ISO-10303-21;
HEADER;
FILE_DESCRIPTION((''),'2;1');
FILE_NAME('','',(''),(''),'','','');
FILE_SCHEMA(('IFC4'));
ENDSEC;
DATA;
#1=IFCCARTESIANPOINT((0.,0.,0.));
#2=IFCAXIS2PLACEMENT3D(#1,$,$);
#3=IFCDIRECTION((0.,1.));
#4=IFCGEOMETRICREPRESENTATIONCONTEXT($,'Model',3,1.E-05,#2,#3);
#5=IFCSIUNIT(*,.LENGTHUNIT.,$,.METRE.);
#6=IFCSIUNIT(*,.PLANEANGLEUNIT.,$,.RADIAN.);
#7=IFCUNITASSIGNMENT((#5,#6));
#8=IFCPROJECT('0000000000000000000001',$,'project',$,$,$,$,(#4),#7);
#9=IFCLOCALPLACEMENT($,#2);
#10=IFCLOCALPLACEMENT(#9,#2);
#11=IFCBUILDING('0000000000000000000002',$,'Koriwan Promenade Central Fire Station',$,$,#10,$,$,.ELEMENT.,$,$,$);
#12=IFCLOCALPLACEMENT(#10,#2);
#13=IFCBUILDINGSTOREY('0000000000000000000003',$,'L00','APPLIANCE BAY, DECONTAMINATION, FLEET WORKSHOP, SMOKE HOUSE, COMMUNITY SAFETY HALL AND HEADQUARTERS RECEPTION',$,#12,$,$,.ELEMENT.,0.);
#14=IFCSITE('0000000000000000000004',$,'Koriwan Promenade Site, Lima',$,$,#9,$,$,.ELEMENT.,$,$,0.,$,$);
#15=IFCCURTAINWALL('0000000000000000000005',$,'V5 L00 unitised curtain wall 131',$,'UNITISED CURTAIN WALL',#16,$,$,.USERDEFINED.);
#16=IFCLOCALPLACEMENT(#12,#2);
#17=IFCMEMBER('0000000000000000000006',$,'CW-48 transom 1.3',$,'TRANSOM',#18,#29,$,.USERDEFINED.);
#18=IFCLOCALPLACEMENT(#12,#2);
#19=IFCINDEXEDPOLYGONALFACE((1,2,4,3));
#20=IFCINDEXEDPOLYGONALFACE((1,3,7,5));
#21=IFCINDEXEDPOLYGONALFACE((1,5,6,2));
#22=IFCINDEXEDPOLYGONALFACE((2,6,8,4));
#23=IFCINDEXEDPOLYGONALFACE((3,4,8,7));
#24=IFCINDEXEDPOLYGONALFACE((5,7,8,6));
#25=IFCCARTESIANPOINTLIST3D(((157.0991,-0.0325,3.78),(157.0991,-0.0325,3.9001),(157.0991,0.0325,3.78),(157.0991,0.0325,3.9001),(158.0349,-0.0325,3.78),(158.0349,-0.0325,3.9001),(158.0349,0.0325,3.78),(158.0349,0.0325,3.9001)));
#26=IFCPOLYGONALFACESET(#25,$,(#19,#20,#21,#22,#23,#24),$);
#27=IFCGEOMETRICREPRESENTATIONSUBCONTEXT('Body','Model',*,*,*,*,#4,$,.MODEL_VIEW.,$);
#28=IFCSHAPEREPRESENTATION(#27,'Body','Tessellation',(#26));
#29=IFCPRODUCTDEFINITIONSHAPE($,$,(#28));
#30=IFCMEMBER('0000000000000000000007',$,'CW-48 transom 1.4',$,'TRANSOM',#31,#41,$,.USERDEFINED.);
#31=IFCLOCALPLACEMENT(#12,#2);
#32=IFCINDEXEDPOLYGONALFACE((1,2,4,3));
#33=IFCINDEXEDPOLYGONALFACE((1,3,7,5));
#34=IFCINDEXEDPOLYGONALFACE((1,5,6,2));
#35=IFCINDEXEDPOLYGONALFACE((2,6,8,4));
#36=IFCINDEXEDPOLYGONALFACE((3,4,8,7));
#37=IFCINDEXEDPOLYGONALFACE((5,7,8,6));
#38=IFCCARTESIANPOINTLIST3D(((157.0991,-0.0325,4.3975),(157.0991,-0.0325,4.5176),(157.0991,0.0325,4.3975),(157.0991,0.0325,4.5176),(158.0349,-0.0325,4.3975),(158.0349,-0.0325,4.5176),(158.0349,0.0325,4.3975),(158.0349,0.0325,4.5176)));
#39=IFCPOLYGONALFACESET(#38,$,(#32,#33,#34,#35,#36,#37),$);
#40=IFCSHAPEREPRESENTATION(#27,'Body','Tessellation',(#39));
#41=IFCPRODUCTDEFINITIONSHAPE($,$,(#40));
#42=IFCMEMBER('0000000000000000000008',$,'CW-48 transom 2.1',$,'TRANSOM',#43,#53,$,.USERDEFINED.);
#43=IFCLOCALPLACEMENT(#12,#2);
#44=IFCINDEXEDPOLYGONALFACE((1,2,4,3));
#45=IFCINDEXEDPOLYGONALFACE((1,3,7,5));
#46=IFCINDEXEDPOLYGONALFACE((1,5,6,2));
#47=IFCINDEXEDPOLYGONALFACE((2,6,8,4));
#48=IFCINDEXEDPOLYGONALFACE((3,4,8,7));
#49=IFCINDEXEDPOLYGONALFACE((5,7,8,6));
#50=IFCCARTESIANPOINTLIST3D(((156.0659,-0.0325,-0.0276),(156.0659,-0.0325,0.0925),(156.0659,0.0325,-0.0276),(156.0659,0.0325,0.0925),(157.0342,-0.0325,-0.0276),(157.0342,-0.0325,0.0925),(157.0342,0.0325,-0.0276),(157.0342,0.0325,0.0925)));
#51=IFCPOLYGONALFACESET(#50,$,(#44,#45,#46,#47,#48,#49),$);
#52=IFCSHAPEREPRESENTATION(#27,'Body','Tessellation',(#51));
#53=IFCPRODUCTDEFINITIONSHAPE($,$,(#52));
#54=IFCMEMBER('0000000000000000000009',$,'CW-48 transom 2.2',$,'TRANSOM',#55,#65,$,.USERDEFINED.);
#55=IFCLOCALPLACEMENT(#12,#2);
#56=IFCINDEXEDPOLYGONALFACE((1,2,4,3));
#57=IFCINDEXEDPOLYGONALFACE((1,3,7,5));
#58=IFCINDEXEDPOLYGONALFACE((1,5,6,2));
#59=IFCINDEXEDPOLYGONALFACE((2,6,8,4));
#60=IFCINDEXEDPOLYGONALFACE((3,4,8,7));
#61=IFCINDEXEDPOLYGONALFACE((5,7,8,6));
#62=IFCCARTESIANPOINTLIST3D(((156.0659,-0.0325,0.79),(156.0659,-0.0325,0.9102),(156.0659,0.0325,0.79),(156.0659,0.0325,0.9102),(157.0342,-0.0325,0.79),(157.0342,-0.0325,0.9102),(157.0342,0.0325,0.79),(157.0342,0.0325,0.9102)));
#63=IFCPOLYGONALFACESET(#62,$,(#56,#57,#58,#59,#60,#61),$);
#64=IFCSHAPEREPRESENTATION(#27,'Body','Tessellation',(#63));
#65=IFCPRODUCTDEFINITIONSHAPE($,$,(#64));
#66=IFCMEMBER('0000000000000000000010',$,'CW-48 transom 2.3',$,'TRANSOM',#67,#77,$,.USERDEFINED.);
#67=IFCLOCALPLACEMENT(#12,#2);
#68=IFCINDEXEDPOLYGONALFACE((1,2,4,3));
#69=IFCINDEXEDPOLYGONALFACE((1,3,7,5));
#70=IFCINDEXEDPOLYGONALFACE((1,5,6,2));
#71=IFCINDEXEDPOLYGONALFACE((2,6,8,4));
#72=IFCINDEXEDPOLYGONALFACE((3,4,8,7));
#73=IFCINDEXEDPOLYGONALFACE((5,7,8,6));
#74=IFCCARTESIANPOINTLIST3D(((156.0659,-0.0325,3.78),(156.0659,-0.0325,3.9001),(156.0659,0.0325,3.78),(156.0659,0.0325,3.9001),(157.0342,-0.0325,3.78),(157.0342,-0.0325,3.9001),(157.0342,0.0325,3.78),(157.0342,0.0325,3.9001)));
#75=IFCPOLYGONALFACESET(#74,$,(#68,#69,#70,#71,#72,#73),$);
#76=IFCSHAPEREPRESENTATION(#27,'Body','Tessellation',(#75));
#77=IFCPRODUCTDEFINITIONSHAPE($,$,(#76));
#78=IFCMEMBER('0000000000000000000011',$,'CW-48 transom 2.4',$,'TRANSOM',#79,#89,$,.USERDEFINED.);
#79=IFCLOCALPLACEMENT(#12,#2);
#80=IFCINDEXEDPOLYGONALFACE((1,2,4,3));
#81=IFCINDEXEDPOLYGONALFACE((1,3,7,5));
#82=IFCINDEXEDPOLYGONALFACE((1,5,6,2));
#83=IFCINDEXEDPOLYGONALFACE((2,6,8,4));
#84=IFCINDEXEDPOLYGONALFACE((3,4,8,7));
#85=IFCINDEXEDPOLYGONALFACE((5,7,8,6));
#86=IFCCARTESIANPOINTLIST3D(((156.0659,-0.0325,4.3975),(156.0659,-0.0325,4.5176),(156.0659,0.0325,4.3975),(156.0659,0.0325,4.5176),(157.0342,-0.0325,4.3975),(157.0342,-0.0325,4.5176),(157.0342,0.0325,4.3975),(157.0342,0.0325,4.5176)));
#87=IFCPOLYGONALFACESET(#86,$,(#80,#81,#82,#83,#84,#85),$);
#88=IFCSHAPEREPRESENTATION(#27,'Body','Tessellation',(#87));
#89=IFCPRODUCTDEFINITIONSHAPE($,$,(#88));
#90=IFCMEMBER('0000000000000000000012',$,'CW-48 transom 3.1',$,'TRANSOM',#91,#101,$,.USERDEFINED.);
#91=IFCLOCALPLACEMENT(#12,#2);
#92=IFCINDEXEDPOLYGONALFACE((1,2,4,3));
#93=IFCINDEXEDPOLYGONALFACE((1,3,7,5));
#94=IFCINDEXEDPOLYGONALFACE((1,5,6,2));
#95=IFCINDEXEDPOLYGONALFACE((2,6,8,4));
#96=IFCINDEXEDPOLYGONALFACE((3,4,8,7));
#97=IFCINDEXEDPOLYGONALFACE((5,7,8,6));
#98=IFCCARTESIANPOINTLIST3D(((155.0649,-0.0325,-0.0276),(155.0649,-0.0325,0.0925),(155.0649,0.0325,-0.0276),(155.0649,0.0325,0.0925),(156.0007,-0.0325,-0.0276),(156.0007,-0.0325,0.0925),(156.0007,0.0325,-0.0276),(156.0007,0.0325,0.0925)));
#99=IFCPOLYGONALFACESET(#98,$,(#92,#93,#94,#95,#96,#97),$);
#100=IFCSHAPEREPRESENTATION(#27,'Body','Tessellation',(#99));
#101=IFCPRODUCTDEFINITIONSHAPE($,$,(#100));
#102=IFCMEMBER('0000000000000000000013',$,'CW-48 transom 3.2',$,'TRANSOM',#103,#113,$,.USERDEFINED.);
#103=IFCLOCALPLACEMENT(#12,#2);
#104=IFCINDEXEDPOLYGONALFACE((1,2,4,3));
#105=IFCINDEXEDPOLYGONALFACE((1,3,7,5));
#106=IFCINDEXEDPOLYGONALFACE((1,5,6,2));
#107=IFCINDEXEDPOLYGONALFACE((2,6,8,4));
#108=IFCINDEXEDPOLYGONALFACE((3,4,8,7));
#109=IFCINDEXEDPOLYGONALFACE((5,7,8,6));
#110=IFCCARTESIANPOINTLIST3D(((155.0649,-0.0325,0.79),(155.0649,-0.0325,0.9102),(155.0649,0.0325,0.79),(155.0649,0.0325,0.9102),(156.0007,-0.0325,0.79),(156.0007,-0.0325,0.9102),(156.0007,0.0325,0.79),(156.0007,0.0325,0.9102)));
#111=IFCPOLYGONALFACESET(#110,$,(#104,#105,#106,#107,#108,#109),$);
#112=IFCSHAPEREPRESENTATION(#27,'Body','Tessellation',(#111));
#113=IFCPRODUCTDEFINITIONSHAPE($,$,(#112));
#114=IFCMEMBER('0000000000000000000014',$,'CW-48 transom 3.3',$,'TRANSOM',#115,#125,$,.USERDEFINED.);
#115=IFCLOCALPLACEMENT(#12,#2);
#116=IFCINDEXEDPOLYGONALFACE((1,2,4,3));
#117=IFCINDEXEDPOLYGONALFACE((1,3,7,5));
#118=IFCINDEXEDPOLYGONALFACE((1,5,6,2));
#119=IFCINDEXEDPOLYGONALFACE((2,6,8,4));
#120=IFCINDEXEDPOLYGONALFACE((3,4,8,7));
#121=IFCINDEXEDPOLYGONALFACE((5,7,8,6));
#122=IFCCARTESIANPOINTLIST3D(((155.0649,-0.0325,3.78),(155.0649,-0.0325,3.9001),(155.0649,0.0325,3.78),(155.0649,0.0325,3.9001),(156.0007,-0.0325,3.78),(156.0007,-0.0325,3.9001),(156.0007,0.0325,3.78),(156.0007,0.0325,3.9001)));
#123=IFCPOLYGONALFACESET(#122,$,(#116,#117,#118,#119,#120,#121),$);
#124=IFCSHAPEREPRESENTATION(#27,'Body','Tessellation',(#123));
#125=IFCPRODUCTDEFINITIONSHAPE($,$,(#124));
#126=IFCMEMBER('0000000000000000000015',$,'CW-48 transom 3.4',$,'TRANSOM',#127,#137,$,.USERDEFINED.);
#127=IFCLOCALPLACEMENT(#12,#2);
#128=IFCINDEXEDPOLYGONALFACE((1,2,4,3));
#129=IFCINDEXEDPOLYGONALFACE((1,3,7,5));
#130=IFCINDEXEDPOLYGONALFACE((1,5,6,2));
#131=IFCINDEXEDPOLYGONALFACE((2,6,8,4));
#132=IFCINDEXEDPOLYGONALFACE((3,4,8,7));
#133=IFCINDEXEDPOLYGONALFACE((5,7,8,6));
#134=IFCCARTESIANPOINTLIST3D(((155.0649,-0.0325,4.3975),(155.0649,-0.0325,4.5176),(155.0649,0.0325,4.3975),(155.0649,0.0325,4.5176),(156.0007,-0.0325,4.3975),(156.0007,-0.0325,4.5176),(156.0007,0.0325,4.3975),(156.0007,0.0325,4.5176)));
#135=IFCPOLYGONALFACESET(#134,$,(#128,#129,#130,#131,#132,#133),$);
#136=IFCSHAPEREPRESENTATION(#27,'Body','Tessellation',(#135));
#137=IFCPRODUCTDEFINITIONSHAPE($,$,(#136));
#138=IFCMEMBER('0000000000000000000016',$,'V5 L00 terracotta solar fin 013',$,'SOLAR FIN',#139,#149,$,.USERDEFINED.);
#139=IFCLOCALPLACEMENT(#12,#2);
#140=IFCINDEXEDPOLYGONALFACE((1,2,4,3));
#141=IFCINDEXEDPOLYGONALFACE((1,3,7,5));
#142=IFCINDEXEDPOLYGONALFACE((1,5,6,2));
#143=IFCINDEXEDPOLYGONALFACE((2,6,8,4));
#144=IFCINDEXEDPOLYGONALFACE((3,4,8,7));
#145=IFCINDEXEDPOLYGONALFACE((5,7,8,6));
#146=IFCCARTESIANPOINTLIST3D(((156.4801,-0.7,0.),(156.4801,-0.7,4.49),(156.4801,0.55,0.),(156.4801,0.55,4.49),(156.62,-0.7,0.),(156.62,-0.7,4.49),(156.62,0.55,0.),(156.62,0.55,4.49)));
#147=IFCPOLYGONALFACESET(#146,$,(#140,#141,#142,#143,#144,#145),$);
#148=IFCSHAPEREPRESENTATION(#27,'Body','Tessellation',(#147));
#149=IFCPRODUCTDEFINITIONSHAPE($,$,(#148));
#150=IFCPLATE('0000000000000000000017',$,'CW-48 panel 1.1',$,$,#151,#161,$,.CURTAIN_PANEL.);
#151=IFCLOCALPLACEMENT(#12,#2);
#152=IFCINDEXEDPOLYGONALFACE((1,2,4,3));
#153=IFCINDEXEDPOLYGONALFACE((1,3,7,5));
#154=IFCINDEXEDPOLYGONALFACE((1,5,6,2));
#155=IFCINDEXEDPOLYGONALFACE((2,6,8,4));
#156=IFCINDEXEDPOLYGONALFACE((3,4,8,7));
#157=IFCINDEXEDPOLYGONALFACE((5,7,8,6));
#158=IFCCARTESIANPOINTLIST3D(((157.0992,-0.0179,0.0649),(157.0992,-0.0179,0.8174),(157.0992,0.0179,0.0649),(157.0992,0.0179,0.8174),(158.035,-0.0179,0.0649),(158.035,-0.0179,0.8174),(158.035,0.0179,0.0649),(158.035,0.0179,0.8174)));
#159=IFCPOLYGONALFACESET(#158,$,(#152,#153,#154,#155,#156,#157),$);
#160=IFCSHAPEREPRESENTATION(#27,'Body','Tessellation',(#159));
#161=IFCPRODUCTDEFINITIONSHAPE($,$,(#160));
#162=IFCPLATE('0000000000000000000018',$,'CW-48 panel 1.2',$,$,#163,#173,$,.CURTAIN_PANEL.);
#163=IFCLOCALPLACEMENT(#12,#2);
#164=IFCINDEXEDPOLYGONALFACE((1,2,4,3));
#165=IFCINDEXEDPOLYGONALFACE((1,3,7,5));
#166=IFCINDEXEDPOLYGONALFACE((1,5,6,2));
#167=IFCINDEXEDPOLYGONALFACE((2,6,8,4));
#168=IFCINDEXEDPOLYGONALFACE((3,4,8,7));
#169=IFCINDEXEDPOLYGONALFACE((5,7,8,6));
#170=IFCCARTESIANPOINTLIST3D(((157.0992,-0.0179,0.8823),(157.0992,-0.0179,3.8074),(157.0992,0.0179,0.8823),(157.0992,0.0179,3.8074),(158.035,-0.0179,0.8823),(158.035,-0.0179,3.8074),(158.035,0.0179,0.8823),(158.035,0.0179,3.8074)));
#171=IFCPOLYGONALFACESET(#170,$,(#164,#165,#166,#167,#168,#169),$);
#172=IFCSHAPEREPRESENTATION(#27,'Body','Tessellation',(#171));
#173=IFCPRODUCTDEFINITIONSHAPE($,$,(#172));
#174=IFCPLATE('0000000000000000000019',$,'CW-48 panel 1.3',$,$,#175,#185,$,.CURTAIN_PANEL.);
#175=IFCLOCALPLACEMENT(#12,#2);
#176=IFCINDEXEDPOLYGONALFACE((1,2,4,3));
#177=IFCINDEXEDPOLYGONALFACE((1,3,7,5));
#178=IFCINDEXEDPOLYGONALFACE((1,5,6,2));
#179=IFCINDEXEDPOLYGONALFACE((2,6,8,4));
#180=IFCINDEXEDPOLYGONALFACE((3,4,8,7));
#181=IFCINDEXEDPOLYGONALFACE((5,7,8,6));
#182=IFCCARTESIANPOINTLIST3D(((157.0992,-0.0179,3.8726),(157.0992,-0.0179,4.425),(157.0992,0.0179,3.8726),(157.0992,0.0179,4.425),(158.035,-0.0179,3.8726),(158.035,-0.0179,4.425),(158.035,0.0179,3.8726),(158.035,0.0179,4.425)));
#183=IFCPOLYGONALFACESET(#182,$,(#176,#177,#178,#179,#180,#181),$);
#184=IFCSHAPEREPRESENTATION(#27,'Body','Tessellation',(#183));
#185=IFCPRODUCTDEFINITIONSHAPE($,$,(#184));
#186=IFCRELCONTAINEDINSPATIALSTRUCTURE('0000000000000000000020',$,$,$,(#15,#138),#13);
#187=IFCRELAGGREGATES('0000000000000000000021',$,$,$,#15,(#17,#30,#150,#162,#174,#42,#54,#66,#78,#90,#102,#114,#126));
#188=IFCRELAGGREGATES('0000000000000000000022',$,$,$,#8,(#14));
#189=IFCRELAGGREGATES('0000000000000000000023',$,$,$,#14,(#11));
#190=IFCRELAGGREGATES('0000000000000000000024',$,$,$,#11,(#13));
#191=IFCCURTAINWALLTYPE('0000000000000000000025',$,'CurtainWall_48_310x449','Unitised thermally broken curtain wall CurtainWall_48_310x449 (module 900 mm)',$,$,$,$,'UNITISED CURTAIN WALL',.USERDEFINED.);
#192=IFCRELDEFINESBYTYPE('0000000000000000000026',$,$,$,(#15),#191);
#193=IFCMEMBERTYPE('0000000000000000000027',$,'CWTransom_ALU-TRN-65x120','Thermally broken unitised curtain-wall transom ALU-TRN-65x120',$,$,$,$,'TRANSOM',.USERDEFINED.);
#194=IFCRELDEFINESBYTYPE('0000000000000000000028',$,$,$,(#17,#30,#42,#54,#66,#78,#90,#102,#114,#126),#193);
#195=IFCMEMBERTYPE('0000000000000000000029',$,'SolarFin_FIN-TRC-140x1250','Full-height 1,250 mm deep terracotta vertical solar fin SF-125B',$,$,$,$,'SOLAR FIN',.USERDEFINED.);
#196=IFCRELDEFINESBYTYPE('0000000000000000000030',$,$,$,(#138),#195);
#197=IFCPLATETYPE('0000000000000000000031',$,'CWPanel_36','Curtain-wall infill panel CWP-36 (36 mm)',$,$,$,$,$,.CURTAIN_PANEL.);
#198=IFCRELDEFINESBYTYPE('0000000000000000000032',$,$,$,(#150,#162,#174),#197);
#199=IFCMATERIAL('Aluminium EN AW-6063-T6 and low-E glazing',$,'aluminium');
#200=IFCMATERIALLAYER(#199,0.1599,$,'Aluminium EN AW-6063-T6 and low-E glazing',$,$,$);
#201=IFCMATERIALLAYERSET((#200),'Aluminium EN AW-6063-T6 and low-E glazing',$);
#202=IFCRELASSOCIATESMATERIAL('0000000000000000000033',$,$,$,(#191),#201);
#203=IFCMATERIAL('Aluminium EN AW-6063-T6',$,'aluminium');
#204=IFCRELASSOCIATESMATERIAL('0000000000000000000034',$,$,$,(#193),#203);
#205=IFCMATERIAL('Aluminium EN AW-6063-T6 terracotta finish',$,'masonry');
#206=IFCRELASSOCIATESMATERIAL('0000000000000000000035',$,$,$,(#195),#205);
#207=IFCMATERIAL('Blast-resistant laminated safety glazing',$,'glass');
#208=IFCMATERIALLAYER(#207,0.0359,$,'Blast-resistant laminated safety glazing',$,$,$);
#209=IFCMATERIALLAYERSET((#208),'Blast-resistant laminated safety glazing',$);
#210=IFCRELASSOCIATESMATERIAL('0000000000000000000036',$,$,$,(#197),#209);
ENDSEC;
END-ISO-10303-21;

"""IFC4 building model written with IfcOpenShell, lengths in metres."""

from ifc_helpers import new_model, si_unit, direction, frame, origin, origin_2d, place, context, subcontext, project, spatial, rectangle, extrude, material, layer, layer_set, material_profile, profile_set, type_object, element, aggregate, save


model = new_model("IFC4")

# Units and contexts
model_context = context("Model", 3, precision=1e-05, world=origin(), true_north=direction((0.0, 1.0)))
body_context = subcontext(model_context, "Body", "Model", "MODEL_VIEW")
ifc_project = project(units=[si_unit("LENGTHUNIT", "METRE"), si_unit("PLANEANGLEUNIT", "RADIAN")], contexts=[model_context])

# Site, building, storey
site_placement = place(None, origin())
site = spatial("IfcSite", under=ifc_project, at=site_placement, Name="Koriwan Promenade Site, Lima", CompositionType="ELEMENT", RefElevation=0.0)
building_placement = place(site_placement, origin())
building = spatial("IfcBuilding", under=site, at=building_placement, Name="Koriwan Promenade Central Fire Station", CompositionType="ELEMENT")
storey_placement = place(building_placement, origin())
storey = spatial("IfcBuildingStorey", under=building, at=storey_placement, Name="L00", Description="APPLIANCE BAY, DECONTAMINATION, FLEET WORKSHOP, SMOKE HOUSE, COMMUNITY SAFETY HALL AND HEADQUARTERS RECEPTION", CompositionType="ELEMENT", Elevation=0.0)

# Curtain wall, members
ifc_material_1 = material(Name="Aluminium EN AW-6063-T6 and low-E glazing", Category="aluminium")
ifc_layer_1 = layer(ifc_material_1, 0.1599, Name="Aluminium EN AW-6063-T6 and low-E glazing")
ifc_layer_set_1 = layer_set([ifc_layer_1], Name="Aluminium EN AW-6063-T6 and low-E glazing")
curtain_wall_type = type_object("IfcCurtainWallType", Name="CurtainWall_48_310x449", Description="Unitised thermally broken curtain wall CurtainWall_48_310x449 (module 900 mm)", ElementType="UNITISED CURTAIN WALL", PredefinedType="USERDEFINED", material=ifc_layer_set_1)
curtain_wall_placement = place(storey_placement, origin())
curtain_wall = element("IfcCurtainWall", 1, at=curtain_wall_placement, inside=storey, type_object=curtain_wall_type, Name="V5 L00 unitised curtain wall 131", ObjectType="UNITISED CURTAIN WALL", PredefinedType="USERDEFINED")
ifc_material_2 = material(Name="Aluminium EN AW-6063-T6", Category="aluminium")
ifc_material_profile_1 = material_profile(ifc_material_2, rectangle(XDim=0.0649, YDim=0.1201, at=origin_2d()), Name="ALU-TRN-65x120")
ifc_profile_set_1 = profile_set([ifc_material_profile_1], Name="Aluminium EN AW-6063-T6")
member_type_1 = type_object("IfcMemberType", Name="CWTransom_ALU-TRN-65x120", Description="Thermally broken unitised curtain-wall transom ALU-TRN-65x120", ElementType="TRANSOM", PredefinedType="USERDEFINED", material=ifc_profile_set_1)
member_1_placement = place(storey_placement, frame((158.0349, 0.0, 3.8401), z_axis=(-1.0, 0.0, 0.0), x_axis=(0.0, -1.0, 0.0)))
member_1 = element("IfcMember", 2, at=member_1_placement, type_object=member_type_1, Name="CW-48 transom 1.3", ObjectType="TRANSOM", PredefinedType="USERDEFINED", context=body_context, shape_type="SweptSolid", body=[
    extrude(rectangle(XDim=0.0649, YDim=0.1201, at=origin_2d()), origin(), (0.0, 0.0, 1.0), 0.9358),
])
member_2_placement = place(storey_placement, frame((158.0349, 0.0, 4.4575), z_axis=(-1.0, 0.0, 0.0), x_axis=(0.0, -1.0, 0.0)))
member_2 = element("IfcMember", 3, at=member_2_placement, type_object=member_type_1, Name="CW-48 transom 1.4", ObjectType="TRANSOM", PredefinedType="USERDEFINED", context=body_context, shape_type="SweptSolid", body=[
    extrude(rectangle(XDim=0.0649, YDim=0.1201, at=origin_2d()), origin(), (0.0, 0.0, 1.0), 0.9358),
])
member_3_placement = place(storey_placement, frame((157.0342, 0.0, 0.0325), z_axis=(-1.0, 0.0, 0.0), x_axis=(0.0, -1.0, 0.0)))
member_3 = element("IfcMember", 4, at=member_3_placement, type_object=member_type_1, Name="CW-48 transom 2.1", ObjectType="TRANSOM", PredefinedType="USERDEFINED", context=body_context, shape_type="SweptSolid", body=[
    extrude(rectangle(XDim=0.0649, YDim=0.1201, at=origin_2d()), origin(), (0.0, 0.0, 1.0), 0.9683),
])
member_4_placement = place(storey_placement, frame((157.0342, 0.0, 0.8501), z_axis=(-1.0, 0.0, 0.0), x_axis=(0.0, -1.0, 0.0)))
member_4 = element("IfcMember", 5, at=member_4_placement, type_object=member_type_1, Name="CW-48 transom 2.2", ObjectType="TRANSOM", PredefinedType="USERDEFINED", context=body_context, shape_type="SweptSolid", body=[
    extrude(rectangle(XDim=0.0649, YDim=0.1201, at=origin_2d()), origin(), (0.0, 0.0, 1.0), 0.9683),
])
member_5_placement = place(storey_placement, frame((157.0342, 0.0, 3.8401), z_axis=(-1.0, 0.0, 0.0), x_axis=(0.0, -1.0, 0.0)))
member_5 = element("IfcMember", 6, at=member_5_placement, type_object=member_type_1, Name="CW-48 transom 2.3", ObjectType="TRANSOM", PredefinedType="USERDEFINED", context=body_context, shape_type="SweptSolid", body=[
    extrude(rectangle(XDim=0.0649, YDim=0.1201, at=origin_2d()), origin(), (0.0, 0.0, 1.0), 0.9683),
])
member_6_placement = place(storey_placement, frame((157.0342, 0.0, 4.4575), z_axis=(-1.0, 0.0, 0.0), x_axis=(0.0, -1.0, 0.0)))
member_6 = element("IfcMember", 7, at=member_6_placement, type_object=member_type_1, Name="CW-48 transom 2.4", ObjectType="TRANSOM", PredefinedType="USERDEFINED", context=body_context, shape_type="SweptSolid", body=[
    extrude(rectangle(XDim=0.0649, YDim=0.1201, at=origin_2d()), origin(), (0.0, 0.0, 1.0), 0.9683),
])
member_7_placement = place(storey_placement, frame((156.0007, 0.0, 0.0325), z_axis=(-1.0, 0.0, 0.0), x_axis=(0.0, -1.0, 0.0)))
member_7 = element("IfcMember", 8, at=member_7_placement, type_object=member_type_1, Name="CW-48 transom 3.1", ObjectType="TRANSOM", PredefinedType="USERDEFINED", context=body_context, shape_type="SweptSolid", body=[
    extrude(rectangle(XDim=0.0649, YDim=0.1201, at=origin_2d()), origin(), (0.0, 0.0, 1.0), 0.9358),
])
member_8_placement = place(storey_placement, frame((156.0007, 0.0, 0.8501), z_axis=(-1.0, 0.0, 0.0), x_axis=(0.0, -1.0, 0.0)))
member_8 = element("IfcMember", 9, at=member_8_placement, type_object=member_type_1, Name="CW-48 transom 3.2", ObjectType="TRANSOM", PredefinedType="USERDEFINED", context=body_context, shape_type="SweptSolid", body=[
    extrude(rectangle(XDim=0.0649, YDim=0.1201, at=origin_2d()), origin(), (0.0, 0.0, 1.0), 0.9358),
])
member_9_placement = place(storey_placement, frame((156.0007, 0.0, 3.8401), z_axis=(-1.0, 0.0, 0.0), x_axis=(0.0, -1.0, 0.0)))
member_9 = element("IfcMember", 10, at=member_9_placement, type_object=member_type_1, Name="CW-48 transom 3.3", ObjectType="TRANSOM", PredefinedType="USERDEFINED", context=body_context, shape_type="SweptSolid", body=[
    extrude(rectangle(XDim=0.0649, YDim=0.1201, at=origin_2d()), origin(), (0.0, 0.0, 1.0), 0.9358),
])
member_10_placement = place(storey_placement, frame((156.0007, 0.0, 4.4575), z_axis=(-1.0, 0.0, 0.0), x_axis=(0.0, -1.0, 0.0)))
member_10 = element("IfcMember", 11, at=member_10_placement, type_object=member_type_1, Name="CW-48 transom 3.4", ObjectType="TRANSOM", PredefinedType="USERDEFINED", context=body_context, shape_type="SweptSolid", body=[
    extrude(rectangle(XDim=0.0649, YDim=0.1201, at=origin_2d()), origin(), (0.0, 0.0, 1.0), 0.9358),
])

# Member
ifc_material_3 = material(Name="Aluminium EN AW-6063-T6 terracotta finish", Category="masonry")
ifc_material_profile_2 = material_profile(ifc_material_3, rectangle(XDim=0.1399, YDim=1.25, at=origin_2d()), Name="FIN-TRC-140x1250")
ifc_profile_set_2 = profile_set([ifc_material_profile_2], Name="Aluminium EN AW-6063-T6 terracotta finish")
member_type_2 = type_object("IfcMemberType", Name="SolarFin_FIN-TRC-140x1250", Description="Full-height 1,250 mm deep terracotta vertical solar fin SF-125B", ElementType="SOLAR FIN", PredefinedType="USERDEFINED", material=ifc_profile_set_2)
member_11_placement = place(storey_placement, frame((156.55, -0.075, 0.0), z_axis=(0.0, 0.0, 1.0), x_axis=(-1.0, 0.0, 0.0)))
element("IfcMember", 12, at=member_11_placement, inside=storey, type_object=member_type_2, Name="V5 L00 terracotta solar fin 013", ObjectType="SOLAR FIN", PredefinedType="USERDEFINED", context=body_context, shape_type="SweptSolid", body=[
    extrude(rectangle(XDim=0.1399, YDim=1.25, at=origin_2d()), origin(), (0.0, 0.0, 1.0), 4.49),
])

# Plates
ifc_material_4 = material(Name="Blast-resistant laminated safety glazing", Category="glass")
ifc_layer_2 = layer(ifc_material_4, 0.0359, Name="Blast-resistant laminated safety glazing")
ifc_layer_set_2 = layer_set([ifc_layer_2], Name="Blast-resistant laminated safety glazing")
plate_type = type_object("IfcPlateType", Name="CWPanel_36", Description="Curtain-wall infill panel CWP-36 (36 mm)", PredefinedType="CURTAIN_PANEL", material=ifc_layer_set_2)
plate_1_placement = place(storey_placement, frame((157.5671, 0.0, 0.0649), z_axis=(0.0, 0.0, 1.0), x_axis=(-1.0, 0.0, 0.0)))
plate_1 = element("IfcPlate", 13, at=plate_1_placement, type_object=plate_type, Name="CW-48 panel 1.1", PredefinedType="CURTAIN_PANEL", context=body_context, shape_type="SweptSolid", body=[
    extrude(rectangle(XDim=0.9358, YDim=0.0359, at=origin_2d()), origin(), (0.0, 0.0, 1.0), 0.7524),
])
plate_2_placement = place(storey_placement, frame((157.5671, 0.0, 0.8823), z_axis=(0.0, 0.0, 1.0), x_axis=(-1.0, 0.0, 0.0)))
plate_2 = element("IfcPlate", 14, at=plate_2_placement, type_object=plate_type, Name="CW-48 panel 1.2", PredefinedType="CURTAIN_PANEL", context=body_context, shape_type="SweptSolid", body=[
    extrude(rectangle(XDim=0.9358, YDim=0.0359, at=origin_2d()), origin(), (0.0, 0.0, 1.0), 2.925),
])
plate_3_placement = place(storey_placement, frame((157.5671, 0.0, 3.8726), z_axis=(0.0, 0.0, 1.0), x_axis=(-1.0, 0.0, 0.0)))
plate_3 = element("IfcPlate", 15, at=plate_3_placement, type_object=plate_type, Name="CW-48 panel 1.3", PredefinedType="CURTAIN_PANEL", context=body_context, shape_type="SweptSolid", body=[
    extrude(rectangle(XDim=0.9358, YDim=0.0359, at=origin_2d()), origin(), (0.0, 0.0, 1.0), 0.5525),
])
aggregate(curtain_wall, [member_1, member_2, plate_1, plate_2, plate_3, member_3, member_4, member_5, member_6, member_7, member_8, member_9, member_10])

save(model, "model.ifc")
